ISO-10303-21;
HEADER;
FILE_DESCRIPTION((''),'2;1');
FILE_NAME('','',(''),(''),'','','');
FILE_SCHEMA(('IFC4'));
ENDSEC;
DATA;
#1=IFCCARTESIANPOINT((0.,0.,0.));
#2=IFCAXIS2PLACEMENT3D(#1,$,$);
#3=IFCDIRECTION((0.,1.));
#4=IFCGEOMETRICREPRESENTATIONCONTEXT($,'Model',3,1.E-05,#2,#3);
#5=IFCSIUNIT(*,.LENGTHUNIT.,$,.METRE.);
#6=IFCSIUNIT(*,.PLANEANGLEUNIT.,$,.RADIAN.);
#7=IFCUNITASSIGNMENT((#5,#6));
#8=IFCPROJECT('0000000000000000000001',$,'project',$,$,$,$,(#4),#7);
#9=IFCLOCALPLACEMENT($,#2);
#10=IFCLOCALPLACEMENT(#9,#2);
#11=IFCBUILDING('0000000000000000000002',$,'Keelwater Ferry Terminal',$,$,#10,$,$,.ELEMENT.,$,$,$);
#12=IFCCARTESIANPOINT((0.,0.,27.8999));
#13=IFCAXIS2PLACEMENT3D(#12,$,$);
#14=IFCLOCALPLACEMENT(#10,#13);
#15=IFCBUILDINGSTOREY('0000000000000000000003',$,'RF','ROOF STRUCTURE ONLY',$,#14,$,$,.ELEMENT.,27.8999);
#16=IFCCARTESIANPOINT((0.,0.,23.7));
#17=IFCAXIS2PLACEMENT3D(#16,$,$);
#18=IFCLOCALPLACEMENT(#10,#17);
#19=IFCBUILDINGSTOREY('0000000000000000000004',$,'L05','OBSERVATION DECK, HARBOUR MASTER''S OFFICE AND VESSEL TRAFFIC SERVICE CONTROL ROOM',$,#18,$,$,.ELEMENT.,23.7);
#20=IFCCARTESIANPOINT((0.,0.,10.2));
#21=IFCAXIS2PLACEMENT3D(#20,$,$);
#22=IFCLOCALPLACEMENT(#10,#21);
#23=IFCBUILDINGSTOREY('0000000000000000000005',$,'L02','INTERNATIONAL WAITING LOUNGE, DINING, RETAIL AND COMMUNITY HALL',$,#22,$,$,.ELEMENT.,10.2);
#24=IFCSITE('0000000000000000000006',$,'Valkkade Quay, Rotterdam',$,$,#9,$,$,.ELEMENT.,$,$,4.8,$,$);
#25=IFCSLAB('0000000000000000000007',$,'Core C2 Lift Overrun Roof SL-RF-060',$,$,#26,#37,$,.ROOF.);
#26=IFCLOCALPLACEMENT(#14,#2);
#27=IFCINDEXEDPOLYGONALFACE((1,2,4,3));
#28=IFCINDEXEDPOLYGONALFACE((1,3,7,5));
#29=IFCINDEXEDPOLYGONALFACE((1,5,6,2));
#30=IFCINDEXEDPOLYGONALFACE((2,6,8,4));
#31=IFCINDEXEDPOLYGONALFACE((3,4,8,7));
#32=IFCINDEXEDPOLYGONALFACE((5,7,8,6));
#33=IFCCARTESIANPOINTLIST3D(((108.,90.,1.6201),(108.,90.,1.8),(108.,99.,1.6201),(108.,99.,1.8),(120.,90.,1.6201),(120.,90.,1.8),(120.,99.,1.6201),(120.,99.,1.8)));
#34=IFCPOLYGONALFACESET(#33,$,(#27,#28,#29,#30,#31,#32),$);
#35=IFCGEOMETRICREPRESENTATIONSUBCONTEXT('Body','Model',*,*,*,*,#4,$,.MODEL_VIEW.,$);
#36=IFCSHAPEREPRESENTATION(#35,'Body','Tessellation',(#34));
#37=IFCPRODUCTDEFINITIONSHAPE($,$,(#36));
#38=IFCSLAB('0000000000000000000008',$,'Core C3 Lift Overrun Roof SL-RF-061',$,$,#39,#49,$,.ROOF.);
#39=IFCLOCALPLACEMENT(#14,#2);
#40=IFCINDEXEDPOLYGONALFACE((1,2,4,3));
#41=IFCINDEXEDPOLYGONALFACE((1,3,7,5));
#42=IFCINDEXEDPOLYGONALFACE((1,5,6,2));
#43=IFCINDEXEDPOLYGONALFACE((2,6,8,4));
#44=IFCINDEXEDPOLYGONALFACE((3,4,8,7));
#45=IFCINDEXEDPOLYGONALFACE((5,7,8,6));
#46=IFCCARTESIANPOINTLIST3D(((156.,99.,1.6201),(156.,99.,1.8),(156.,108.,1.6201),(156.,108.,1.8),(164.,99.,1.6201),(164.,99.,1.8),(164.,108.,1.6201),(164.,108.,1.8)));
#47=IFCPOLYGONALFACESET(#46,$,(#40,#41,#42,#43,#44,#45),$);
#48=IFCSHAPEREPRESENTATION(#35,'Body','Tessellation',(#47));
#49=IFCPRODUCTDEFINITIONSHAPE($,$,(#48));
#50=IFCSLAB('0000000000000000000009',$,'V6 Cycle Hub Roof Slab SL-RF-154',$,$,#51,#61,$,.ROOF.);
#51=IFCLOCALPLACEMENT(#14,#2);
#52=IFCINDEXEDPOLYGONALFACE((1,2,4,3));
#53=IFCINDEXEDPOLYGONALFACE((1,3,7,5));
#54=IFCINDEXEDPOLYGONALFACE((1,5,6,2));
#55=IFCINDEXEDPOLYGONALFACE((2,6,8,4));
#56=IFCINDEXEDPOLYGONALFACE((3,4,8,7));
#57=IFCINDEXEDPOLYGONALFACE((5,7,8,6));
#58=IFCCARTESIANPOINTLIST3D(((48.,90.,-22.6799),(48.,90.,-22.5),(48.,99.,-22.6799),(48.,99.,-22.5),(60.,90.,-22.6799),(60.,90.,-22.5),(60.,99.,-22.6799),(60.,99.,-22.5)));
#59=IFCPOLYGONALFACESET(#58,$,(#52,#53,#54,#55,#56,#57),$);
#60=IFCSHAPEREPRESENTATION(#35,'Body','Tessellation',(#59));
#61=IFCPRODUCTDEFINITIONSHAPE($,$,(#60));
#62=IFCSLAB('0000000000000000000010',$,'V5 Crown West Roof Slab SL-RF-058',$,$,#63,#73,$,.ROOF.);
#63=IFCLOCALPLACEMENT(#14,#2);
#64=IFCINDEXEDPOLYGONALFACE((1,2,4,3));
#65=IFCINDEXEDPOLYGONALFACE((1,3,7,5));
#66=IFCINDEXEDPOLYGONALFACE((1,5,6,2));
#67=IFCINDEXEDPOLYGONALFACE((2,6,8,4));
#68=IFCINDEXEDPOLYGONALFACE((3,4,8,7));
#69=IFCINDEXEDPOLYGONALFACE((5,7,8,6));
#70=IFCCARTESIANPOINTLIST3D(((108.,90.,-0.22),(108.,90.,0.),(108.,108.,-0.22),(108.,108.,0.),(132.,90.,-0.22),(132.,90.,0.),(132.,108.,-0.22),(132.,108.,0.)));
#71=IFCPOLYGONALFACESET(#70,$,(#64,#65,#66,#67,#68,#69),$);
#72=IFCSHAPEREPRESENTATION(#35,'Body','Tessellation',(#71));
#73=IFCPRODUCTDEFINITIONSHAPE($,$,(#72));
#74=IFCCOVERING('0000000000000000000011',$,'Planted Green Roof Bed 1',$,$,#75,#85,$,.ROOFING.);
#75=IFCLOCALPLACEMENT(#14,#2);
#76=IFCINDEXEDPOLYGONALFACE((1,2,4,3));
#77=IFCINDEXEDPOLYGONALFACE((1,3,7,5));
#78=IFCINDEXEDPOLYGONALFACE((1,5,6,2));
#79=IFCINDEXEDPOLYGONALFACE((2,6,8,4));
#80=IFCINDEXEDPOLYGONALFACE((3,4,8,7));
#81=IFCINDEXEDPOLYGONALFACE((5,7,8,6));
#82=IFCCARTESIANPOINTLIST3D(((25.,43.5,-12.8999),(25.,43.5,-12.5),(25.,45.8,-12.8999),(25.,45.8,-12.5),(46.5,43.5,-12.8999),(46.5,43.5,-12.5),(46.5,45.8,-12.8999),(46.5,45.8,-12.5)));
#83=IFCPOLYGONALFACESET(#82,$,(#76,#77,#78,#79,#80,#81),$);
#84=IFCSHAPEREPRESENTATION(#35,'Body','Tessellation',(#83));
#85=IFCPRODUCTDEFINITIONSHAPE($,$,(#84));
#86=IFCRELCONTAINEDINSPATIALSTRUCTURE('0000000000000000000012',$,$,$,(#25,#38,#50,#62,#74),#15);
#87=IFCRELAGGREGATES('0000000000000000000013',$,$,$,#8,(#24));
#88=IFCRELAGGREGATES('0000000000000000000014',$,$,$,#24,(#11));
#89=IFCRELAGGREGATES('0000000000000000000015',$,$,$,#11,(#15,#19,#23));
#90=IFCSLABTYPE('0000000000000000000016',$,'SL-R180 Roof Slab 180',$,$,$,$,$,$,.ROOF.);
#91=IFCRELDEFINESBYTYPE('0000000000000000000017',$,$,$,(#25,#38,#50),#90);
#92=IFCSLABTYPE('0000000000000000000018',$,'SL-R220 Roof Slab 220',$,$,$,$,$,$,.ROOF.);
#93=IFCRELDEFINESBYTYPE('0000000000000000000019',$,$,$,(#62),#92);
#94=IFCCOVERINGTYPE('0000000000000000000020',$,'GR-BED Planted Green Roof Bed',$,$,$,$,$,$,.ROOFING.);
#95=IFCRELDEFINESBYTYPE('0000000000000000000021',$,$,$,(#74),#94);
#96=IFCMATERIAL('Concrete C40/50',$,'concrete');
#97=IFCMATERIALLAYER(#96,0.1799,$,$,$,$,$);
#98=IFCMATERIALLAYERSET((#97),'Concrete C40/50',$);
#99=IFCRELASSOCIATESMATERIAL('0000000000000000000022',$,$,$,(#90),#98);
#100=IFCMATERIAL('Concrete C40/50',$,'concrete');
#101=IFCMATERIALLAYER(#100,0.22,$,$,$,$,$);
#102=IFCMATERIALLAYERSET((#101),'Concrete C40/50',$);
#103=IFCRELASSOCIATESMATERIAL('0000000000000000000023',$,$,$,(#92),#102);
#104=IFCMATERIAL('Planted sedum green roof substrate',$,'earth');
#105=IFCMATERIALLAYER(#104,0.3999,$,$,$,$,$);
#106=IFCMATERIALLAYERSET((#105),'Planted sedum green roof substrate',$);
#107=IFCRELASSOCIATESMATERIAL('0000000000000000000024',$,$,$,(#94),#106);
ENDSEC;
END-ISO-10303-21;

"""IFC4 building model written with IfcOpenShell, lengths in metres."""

from ifc_helpers import new_model, si_unit, direction, frame, origin, place, context, subcontext, project, spatial, polyline, outline, extrude, material, layer, layer_set, type_object, element, save


model = new_model("IFC4")

# Units and contexts
model_context = context("Model", 3, precision=1e-05, world=origin(), true_north=direction((0.0, 1.0)))
body_context = subcontext(model_context, "Body", "Model", "MODEL_VIEW")
ifc_project = project(units=[si_unit("LENGTHUNIT", "METRE"), si_unit("PLANEANGLEUNIT", "RADIAN")], contexts=[model_context])

# Site, building, storey
site_placement = place(None, origin())
site = spatial("IfcSite", under=ifc_project, at=site_placement, Name="Valkkade Quay, Rotterdam", CompositionType="ELEMENT", RefElevation=4.8)
building_placement = place(site_placement, origin())
building = spatial("IfcBuilding", under=site, at=building_placement, Name="Keelwater Ferry Terminal", CompositionType="ELEMENT")
storey_1_placement = place(building_placement, frame((0.0, 0.0, 27.8999)))
storey_1 = spatial("IfcBuildingStorey", under=building, at=storey_1_placement, Name="RF", Description="ROOF STRUCTURE ONLY", CompositionType="ELEMENT", Elevation=27.8999)

# Slabs
ifc_material_1 = material(Name="Concrete C40/50", Category="concrete")
ifc_layer_1 = layer(ifc_material_1, 0.1799)
ifc_layer_set_1 = layer_set([ifc_layer_1], Name="Concrete C40/50")
slab_type_1 = type_object("IfcSlabType", Name="SL-R180 Roof Slab 180", PredefinedType="ROOF", material=ifc_layer_set_1)
slab_1_placement = place(storey_1_placement, frame((0.0, 0.0, 1.6201)))
element("IfcSlab", 1, at=slab_1_placement, inside=storey_1, type_object=slab_type_1, Name="Core C2 Lift Overrun Roof SL-RF-060", PredefinedType="ROOF", context=body_context, shape_type="SweptSolid", body=[
    extrude(outline(polyline([(108.0, 90.0), (120.0, 90.0), (120.0, 99.0), (108.0, 99.0), (108.0, 90.0)])), origin(), (0.0, 0.0, 1.0), 0.1799),
])
slab_2_placement = place(storey_1_placement, frame((0.0, 0.0, 1.6201)))
element("IfcSlab", 2, at=slab_2_placement, inside=storey_1, type_object=slab_type_1, Name="Core C3 Lift Overrun Roof SL-RF-061", PredefinedType="ROOF", context=body_context, shape_type="SweptSolid", body=[
    extrude(outline(polyline([(156.0, 99.0), (164.0, 99.0), (164.0, 108.0), (156.0, 108.0), (156.0, 99.0)])), origin(), (0.0, 0.0, 1.0), 0.1799),
])
slab_3_placement = place(storey_1_placement, frame((0.0, 0.0, -22.6799)))
element("IfcSlab", 3, at=slab_3_placement, inside=storey_1, type_object=slab_type_1, Name="V6 Cycle Hub Roof Slab SL-RF-154", PredefinedType="ROOF", context=body_context, shape_type="SweptSolid", body=[
    extrude(outline(polyline([(48.0, 90.0), (60.0, 90.0), (60.0, 99.0), (48.0, 99.0), (48.0, 90.0)])), origin(), (0.0, 0.0, 1.0), 0.1799),
])
ifc_material_2 = material(Name="Concrete C40/50", Category="concrete")
ifc_layer_2 = layer(ifc_material_2, 0.22)
ifc_layer_set_2 = layer_set([ifc_layer_2], Name="Concrete C40/50")
slab_type_2 = type_object("IfcSlabType", Name="SL-R220 Roof Slab 220", PredefinedType="ROOF", material=ifc_layer_set_2)
slab_4_placement = place(storey_1_placement, frame((0.0, 0.0, -0.22)))
element("IfcSlab", 4, at=slab_4_placement, inside=storey_1, type_object=slab_type_2, Name="V5 Crown West Roof Slab SL-RF-058", PredefinedType="ROOF", context=body_context, shape_type="SweptSolid", body=[
    extrude(outline(polyline([(108.0, 90.0), (132.0, 90.0), (132.0, 108.0), (108.0, 108.0), (108.0, 90.0)])), origin(), (0.0, 0.0, 1.0), 0.22),
])

# Shared definitions
storey_2_placement = place(building_placement, frame((0.0, 0.0, 23.7)))
storey_2 = spatial("IfcBuildingStorey", under=building, at=storey_2_placement, Name="L05", Description="OBSERVATION DECK, HARBOUR MASTER'S OFFICE AND VESSEL TRAFFIC SERVICE CONTROL ROOM", CompositionType="ELEMENT", Elevation=23.7)

# Shared definitions
storey_3_placement = place(building_placement, frame((0.0, 0.0, 10.2)))
storey_3 = spatial("IfcBuildingStorey", under=building, at=storey_3_placement, Name="L02", Description="INTERNATIONAL WAITING LOUNGE, DINING, RETAIL AND COMMUNITY HALL", CompositionType="ELEMENT", Elevation=10.2)

# Covering
ifc_material_3 = material(Name="Planted sedum green roof substrate", Category="earth")
ifc_layer_3 = layer(ifc_material_3, 0.3999)
ifc_layer_set_3 = layer_set([ifc_layer_3], Name="Planted sedum green roof substrate")
covering_type = type_object("IfcCoveringType", Name="GR-BED Planted Green Roof Bed", PredefinedType="ROOFING", material=ifc_layer_set_3)
covering_placement = place(storey_1_placement, frame((0.0, 0.0, -12.8999)))
element("IfcCovering", 5, at=covering_placement, inside=storey_1, type_object=covering_type, Name="Planted Green Roof Bed 1", PredefinedType="ROOFING", context=body_context, shape_type="SweptSolid", body=[
    extrude(outline(polyline([(25.0, 43.5), (46.5, 43.5), (46.5, 45.8), (25.0, 45.8), (25.0, 43.5)])), origin(), (0.0, 0.0, 1.0), 0.3999),
])

save(model, "model.ifc")
